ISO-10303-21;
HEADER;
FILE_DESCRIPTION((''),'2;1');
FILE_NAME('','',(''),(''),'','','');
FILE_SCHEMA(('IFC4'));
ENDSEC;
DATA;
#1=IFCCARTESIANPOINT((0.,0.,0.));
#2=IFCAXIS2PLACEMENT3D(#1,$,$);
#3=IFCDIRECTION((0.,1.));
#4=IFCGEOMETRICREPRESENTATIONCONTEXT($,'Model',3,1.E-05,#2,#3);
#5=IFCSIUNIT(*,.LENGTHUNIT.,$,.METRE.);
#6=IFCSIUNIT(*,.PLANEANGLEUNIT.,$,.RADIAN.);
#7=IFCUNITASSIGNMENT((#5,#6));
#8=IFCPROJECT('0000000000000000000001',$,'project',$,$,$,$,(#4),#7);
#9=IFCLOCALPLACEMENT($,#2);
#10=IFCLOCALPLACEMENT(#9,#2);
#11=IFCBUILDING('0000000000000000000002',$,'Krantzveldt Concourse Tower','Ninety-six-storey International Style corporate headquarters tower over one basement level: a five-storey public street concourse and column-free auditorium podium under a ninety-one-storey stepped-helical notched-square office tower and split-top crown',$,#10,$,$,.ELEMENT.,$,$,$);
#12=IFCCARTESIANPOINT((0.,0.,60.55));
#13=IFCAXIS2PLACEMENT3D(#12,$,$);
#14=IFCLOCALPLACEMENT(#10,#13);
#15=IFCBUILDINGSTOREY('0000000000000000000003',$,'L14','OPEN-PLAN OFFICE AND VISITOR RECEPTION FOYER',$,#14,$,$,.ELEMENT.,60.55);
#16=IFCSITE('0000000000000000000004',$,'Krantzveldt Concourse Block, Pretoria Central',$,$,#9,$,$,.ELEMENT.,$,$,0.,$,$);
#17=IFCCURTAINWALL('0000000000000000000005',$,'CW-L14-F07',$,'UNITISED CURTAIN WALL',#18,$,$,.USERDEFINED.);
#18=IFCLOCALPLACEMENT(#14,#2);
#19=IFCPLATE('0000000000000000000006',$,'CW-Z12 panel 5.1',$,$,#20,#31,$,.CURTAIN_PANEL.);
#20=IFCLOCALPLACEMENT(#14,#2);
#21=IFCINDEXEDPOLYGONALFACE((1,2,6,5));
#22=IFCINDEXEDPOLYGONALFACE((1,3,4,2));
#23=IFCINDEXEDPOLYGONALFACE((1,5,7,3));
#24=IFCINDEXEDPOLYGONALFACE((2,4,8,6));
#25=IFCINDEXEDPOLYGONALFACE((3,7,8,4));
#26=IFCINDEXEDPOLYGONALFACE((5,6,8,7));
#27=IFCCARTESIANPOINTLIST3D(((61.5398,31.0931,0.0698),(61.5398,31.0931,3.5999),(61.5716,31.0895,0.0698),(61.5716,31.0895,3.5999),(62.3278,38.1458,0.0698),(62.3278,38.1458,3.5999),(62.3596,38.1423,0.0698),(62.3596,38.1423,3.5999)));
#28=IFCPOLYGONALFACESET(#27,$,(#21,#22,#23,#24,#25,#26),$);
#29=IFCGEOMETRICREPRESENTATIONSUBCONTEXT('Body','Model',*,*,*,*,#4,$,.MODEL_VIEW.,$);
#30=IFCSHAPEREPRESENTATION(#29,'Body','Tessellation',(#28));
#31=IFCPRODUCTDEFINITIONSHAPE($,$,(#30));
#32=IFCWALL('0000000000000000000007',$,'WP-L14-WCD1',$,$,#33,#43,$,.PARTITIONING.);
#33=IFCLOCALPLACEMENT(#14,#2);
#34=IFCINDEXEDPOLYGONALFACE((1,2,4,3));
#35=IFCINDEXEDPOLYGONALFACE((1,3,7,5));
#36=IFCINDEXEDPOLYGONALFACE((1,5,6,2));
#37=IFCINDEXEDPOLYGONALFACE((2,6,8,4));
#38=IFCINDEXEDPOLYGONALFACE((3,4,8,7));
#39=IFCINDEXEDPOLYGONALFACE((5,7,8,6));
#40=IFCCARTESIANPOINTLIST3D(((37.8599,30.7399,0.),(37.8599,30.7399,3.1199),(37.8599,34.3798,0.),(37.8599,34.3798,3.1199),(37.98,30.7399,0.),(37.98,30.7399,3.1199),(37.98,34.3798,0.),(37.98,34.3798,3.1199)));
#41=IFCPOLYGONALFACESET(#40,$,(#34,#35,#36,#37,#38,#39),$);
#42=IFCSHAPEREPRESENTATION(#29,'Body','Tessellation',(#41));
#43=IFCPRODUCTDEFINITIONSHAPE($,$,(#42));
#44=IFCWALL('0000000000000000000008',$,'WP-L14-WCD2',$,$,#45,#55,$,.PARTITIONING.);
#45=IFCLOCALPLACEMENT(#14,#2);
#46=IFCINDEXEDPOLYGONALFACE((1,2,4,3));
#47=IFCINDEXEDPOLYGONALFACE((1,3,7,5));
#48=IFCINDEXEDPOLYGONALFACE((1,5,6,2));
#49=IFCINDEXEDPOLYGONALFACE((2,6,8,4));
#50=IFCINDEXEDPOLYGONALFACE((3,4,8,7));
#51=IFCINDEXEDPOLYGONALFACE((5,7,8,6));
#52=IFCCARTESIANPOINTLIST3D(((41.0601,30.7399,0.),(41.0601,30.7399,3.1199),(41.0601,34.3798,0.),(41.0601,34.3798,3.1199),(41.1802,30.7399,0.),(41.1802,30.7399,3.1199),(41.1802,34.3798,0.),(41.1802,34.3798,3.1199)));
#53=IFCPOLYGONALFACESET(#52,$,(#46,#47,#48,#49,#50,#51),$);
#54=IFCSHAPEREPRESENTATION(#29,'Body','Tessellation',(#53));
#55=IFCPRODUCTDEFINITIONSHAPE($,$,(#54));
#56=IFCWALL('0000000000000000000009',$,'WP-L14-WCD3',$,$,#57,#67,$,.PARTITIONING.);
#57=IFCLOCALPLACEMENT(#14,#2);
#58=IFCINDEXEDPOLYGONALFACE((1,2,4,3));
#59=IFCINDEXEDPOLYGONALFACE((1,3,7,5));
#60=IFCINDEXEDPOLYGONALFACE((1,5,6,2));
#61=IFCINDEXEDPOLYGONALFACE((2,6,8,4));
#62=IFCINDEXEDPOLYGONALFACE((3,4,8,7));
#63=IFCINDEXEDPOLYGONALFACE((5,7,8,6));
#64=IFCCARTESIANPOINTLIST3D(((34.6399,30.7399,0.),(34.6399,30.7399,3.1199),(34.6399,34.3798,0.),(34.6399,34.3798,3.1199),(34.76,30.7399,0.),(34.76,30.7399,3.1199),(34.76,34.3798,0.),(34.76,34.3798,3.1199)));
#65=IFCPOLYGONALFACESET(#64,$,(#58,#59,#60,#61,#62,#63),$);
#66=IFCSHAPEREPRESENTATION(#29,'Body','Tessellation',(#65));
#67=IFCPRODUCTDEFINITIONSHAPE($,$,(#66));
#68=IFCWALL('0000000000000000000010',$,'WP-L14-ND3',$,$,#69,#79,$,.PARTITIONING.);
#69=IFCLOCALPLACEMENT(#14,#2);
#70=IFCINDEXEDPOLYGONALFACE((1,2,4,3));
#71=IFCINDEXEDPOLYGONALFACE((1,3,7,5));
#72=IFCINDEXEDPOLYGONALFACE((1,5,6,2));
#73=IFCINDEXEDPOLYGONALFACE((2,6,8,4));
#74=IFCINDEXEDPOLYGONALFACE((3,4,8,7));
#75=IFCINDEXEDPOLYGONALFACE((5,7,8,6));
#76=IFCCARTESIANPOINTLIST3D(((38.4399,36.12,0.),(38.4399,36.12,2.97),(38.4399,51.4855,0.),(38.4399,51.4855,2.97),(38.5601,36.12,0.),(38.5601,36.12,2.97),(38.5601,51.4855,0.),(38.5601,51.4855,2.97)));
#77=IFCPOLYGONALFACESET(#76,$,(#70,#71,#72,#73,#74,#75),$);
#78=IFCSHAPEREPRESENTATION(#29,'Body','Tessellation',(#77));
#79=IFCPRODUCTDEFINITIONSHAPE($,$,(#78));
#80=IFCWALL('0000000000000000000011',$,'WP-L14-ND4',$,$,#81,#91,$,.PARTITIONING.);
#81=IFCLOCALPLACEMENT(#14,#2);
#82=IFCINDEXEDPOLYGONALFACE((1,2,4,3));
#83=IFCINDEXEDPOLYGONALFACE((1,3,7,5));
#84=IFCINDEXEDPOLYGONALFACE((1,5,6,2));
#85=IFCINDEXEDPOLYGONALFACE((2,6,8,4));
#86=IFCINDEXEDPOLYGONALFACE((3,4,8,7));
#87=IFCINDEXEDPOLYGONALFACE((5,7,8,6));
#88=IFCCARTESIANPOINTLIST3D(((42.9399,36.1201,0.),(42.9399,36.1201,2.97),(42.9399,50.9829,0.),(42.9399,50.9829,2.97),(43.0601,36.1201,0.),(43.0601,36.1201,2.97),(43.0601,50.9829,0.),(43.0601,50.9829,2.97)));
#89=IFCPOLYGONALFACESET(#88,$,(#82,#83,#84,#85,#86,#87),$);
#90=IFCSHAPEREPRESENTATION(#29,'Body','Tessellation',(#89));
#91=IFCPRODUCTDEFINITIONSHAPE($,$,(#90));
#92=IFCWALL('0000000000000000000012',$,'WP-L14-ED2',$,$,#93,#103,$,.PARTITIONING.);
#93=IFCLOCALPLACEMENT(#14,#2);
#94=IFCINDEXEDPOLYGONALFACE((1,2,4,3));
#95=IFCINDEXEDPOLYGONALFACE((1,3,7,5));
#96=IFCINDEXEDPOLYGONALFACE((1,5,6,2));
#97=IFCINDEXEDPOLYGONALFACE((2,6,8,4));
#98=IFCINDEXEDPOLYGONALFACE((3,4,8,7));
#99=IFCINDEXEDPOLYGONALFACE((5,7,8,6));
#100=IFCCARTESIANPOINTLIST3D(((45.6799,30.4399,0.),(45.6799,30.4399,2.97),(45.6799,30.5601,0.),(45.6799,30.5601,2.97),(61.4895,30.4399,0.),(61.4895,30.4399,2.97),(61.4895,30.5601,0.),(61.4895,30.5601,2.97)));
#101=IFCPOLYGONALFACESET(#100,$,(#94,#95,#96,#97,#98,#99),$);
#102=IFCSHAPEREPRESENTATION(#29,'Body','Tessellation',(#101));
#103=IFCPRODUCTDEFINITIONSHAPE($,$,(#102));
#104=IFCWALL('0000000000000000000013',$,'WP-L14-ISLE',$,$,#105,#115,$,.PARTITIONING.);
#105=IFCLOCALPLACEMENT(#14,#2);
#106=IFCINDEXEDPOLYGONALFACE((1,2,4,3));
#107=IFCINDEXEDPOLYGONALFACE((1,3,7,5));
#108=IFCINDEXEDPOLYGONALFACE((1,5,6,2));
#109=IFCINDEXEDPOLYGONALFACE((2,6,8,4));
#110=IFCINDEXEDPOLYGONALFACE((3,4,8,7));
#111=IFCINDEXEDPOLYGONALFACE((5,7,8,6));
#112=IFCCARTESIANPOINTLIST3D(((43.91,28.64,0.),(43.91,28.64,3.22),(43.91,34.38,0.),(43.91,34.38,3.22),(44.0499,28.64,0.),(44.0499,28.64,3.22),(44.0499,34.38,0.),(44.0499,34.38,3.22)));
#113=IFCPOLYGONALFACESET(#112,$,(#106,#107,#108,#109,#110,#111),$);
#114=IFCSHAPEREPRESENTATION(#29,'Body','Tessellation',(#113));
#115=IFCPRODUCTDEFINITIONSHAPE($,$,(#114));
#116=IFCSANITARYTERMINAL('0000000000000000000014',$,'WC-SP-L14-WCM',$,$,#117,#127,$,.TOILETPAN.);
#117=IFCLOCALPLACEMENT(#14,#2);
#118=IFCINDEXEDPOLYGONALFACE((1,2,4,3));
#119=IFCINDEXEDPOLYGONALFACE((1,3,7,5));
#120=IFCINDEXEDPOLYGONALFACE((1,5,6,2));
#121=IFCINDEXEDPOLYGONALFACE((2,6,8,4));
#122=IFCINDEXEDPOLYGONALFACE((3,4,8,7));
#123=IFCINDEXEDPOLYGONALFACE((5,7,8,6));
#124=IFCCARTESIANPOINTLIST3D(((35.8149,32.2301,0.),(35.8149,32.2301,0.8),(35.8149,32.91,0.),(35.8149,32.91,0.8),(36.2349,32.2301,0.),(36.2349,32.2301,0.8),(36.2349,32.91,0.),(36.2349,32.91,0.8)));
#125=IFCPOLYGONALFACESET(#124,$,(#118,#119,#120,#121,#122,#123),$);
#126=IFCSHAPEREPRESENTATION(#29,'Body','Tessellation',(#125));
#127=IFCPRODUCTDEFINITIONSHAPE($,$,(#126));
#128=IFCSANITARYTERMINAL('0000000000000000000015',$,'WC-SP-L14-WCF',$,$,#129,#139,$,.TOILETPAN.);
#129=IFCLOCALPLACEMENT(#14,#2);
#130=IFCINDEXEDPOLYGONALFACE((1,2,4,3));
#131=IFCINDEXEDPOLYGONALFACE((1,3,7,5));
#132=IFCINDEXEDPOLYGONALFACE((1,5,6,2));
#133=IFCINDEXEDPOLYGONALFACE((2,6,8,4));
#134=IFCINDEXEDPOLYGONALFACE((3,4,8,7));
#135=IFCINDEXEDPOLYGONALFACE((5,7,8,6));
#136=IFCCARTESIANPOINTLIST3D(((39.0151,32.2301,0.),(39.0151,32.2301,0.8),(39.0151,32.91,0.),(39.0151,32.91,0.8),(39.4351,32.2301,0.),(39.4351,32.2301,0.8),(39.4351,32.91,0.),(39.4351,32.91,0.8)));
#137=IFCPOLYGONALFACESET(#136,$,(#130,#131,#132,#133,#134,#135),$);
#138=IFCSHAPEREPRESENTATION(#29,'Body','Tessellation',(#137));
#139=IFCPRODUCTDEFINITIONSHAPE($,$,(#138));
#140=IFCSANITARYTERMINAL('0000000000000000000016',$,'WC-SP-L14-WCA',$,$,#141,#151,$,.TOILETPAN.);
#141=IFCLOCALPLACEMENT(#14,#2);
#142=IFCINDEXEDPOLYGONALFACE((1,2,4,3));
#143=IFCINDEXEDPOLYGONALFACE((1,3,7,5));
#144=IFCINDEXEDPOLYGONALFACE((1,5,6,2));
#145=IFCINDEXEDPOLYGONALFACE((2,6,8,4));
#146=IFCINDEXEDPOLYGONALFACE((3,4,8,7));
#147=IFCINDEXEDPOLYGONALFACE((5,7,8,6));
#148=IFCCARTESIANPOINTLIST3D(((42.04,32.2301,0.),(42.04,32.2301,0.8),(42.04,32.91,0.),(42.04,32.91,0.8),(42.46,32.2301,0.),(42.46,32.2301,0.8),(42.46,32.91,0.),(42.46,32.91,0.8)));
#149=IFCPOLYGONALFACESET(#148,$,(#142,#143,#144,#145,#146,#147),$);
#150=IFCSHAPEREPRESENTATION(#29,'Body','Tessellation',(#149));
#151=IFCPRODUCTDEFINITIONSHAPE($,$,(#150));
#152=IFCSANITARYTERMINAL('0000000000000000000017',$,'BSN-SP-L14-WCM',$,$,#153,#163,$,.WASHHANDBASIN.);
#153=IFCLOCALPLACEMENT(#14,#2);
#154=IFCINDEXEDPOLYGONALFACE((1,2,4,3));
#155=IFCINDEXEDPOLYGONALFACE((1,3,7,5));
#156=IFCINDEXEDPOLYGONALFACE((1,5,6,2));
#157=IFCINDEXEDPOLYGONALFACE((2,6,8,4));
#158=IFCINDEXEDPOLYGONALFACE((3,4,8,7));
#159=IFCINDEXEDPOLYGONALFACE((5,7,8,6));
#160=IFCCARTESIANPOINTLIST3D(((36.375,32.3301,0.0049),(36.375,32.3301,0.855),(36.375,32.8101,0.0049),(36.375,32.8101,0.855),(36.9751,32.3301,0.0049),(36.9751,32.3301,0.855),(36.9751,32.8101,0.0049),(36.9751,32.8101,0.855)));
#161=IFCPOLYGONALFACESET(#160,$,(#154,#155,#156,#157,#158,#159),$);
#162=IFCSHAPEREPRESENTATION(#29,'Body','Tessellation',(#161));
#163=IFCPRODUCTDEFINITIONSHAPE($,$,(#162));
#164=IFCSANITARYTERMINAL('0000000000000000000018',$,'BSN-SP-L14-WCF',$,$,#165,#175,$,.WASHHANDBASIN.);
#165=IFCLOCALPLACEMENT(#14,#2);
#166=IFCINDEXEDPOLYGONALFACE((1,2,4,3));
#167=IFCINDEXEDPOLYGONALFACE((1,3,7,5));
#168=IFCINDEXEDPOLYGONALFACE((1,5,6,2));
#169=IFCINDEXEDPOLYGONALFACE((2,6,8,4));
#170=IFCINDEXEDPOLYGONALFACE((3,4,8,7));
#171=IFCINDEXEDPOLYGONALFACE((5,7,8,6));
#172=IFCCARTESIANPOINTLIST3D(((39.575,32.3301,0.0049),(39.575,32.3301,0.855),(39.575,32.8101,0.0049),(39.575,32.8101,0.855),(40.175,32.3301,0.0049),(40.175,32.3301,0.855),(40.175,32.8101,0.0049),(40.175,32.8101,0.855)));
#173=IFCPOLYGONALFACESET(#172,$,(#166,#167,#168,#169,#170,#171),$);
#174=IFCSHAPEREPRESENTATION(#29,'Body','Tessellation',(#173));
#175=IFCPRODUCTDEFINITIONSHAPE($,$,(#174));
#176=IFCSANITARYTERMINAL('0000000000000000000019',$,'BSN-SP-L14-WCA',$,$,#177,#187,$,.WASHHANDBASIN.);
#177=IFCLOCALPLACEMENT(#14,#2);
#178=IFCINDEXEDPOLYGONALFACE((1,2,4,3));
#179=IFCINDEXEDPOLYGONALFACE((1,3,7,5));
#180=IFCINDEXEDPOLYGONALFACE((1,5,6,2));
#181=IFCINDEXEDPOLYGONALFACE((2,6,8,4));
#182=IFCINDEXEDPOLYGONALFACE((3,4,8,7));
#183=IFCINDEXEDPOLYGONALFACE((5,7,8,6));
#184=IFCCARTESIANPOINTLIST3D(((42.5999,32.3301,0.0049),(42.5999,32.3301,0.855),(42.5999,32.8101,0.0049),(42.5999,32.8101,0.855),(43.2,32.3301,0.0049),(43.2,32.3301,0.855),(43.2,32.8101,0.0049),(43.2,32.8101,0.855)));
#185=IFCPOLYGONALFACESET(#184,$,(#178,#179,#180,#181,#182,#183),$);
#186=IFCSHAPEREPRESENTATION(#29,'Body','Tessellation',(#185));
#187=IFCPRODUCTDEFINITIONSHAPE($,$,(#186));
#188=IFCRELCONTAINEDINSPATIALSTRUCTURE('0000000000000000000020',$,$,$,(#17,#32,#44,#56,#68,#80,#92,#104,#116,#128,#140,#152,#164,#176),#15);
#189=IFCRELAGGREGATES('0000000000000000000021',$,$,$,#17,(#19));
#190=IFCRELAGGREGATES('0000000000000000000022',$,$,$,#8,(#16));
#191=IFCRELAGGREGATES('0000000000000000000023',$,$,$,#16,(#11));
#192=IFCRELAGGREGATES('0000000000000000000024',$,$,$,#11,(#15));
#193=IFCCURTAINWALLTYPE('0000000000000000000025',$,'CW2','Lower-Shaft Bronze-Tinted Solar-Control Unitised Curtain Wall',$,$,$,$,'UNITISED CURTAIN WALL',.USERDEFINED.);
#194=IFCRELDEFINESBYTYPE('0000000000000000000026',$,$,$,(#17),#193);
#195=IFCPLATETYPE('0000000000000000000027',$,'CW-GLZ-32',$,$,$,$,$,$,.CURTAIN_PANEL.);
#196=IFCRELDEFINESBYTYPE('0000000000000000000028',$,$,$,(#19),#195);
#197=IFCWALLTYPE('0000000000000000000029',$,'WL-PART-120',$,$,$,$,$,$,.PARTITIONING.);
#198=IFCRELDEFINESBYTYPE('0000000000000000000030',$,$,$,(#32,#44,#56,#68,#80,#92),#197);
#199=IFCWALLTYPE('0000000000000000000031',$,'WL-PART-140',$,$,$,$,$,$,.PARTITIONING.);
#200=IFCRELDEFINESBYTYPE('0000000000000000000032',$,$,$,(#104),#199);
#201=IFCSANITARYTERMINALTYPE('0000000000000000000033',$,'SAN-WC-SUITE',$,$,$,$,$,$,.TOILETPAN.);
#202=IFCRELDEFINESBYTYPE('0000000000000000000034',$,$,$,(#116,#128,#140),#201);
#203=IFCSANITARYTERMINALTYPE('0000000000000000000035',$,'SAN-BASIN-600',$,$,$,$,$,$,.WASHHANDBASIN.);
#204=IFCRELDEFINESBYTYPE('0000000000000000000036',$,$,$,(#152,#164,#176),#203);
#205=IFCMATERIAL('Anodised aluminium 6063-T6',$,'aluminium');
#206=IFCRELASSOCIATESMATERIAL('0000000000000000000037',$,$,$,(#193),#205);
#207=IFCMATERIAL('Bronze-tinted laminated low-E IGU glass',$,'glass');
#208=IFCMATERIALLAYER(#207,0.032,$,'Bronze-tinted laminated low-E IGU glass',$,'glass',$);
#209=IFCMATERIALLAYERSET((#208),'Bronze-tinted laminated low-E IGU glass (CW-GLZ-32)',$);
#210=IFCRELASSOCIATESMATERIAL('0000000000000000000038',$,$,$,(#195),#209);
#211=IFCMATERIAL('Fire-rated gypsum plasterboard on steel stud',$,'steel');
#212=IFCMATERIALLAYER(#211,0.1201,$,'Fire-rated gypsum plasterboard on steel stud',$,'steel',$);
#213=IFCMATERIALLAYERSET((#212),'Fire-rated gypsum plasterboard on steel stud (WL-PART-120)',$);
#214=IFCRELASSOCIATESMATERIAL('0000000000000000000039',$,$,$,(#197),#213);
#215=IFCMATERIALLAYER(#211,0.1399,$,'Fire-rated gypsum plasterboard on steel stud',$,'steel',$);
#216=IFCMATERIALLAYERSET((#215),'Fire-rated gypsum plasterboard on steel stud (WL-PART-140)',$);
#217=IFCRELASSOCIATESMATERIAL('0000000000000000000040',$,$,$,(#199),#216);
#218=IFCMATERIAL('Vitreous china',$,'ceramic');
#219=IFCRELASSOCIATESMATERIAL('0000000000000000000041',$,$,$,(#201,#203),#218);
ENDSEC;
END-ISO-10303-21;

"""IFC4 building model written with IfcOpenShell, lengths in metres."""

from ifc_helpers import new_model, si_unit, direction, frame, frame_2d, origin, origin_2d, place, context, subcontext, project, spatial, rectangle, extrude, source, transform, mapped, material, layer, layer_set, type_object, type_shapes, element, aggregate, save


model = new_model("IFC4")

# Units and contexts
model_context = context("Model", 3, precision=1e-05, world=origin(), true_north=direction((0.0, 1.0)))
body_context = subcontext(model_context, "Body", "Model", "MODEL_VIEW")
ifc_project = project(units=[si_unit("LENGTHUNIT", "METRE"), si_unit("PLANEANGLEUNIT", "RADIAN")], contexts=[model_context])

# Site, building, storey
site_placement = place(None, origin())
site = spatial("IfcSite", under=ifc_project, at=site_placement, Name="Krantzveldt Concourse Block, Pretoria Central", CompositionType="ELEMENT", RefElevation=0.0)
building_placement = place(site_placement, origin())
building = spatial("IfcBuilding", under=site, at=building_placement, Name="Krantzveldt Concourse Tower", Description="Ninety-six-storey International Style corporate headquarters tower over one basement level: a five-storey public street concourse and column-free auditorium podium under a ninety-one-storey stepped-helical notched-square office tower and split-top crown", CompositionType="ELEMENT")
storey_placement = place(building_placement, frame((0.0, 0.0, 60.55)))
storey = spatial("IfcBuildingStorey", under=building, at=storey_placement, Name="L14", Description="OPEN-PLAN OFFICE AND VISITOR RECEPTION FOYER", CompositionType="ELEMENT", Elevation=60.55)

# Curtain wall, plate
ifc_material_1 = material(Name="Anodised aluminium 6063-T6", Category="aluminium")
curtain_wall_type = type_object("IfcCurtainWallType", Name="CW2", Description="Lower-Shaft Bronze-Tinted Solar-Control Unitised Curtain Wall", ElementType="UNITISED CURTAIN WALL", PredefinedType="USERDEFINED", material=ifc_material_1)
curtain_wall_placement = place(storey_placement, origin())
curtain_wall = element("IfcCurtainWall", 1, at=curtain_wall_placement, inside=storey, type_object=curtain_wall_type, Name="CW-L14-F07", ObjectType="UNITISED CURTAIN WALL", PredefinedType="USERDEFINED")
ifc_material_2 = material(Name="Bronze-tinted laminated low-E IGU glass", Category="glass")
ifc_layer_1 = layer(ifc_material_2, 0.032, Name="Bronze-tinted laminated low-E IGU glass", Category="glass")
ifc_layer_set_1 = layer_set([ifc_layer_1], Name="Bronze-tinted laminated low-E IGU glass (CW-GLZ-32)")
plate_type = type_object("IfcPlateType", Name="CW-GLZ-32", PredefinedType="CURTAIN_PANEL", material=ifc_layer_set_1)
shared_shape_1 = source(origin(), body_context, "Body", "SweptSolid", [
    extrude(rectangle(XDim=7.0967, YDim=0.032, at=origin_2d()), origin(), (0.0, 0.0, 1.0), 3.53),
])
type_shapes(plate_type, [shared_shape_1])
plate_1_placement = place(storey_placement, frame((61.9497, 34.6177, 0.0698), z_axis=(0.0, 0.0, 1.0), x_axis=(0.111035, 0.993816, 0.0)))
plate_1 = element("IfcPlate", 2, at=plate_1_placement, type_object=plate_type, Name="CW-Z12 panel 5.1", PredefinedType="CURTAIN_PANEL", context=body_context, shape_type="MappedRepresentation", body=[
    mapped(shared_shape_1, transform((0.0, 0.0, 0.0), x_axis=(1.0, 0.0, 0.0), y_axis=(0.0, 1.0, 0.0), z_axis=(0.0, 0.0, 1.0), scale=1.0)),
])
aggregate(curtain_wall, [plate_1])

# Walls
ifc_material_3 = material(Name="Fire-rated gypsum plasterboard on steel stud", Category="steel")
ifc_layer_2 = layer(ifc_material_3, 0.1201, Name="Fire-rated gypsum plasterboard on steel stud", Category="steel")
ifc_layer_set_2 = layer_set([ifc_layer_2], Name="Fire-rated gypsum plasterboard on steel stud (WL-PART-120)")
wall_type_1 = type_object("IfcWallType", Name="WL-PART-120", PredefinedType="PARTITIONING", material=ifc_layer_set_2)
for number, where, z_axis, x_axis, name in (
    (3, (37.9199, 30.74, 0.0), (0.0, 0.0, 1.0), (0.0, 1.0, 0.0), "WP-L14-WCD1"),
    (4, (41.1201, 30.74, 0.0), (0.0, 0.0, 1.0), (0.0, 1.0, 0.0), "WP-L14-WCD2"),
    (5, (34.7, 30.74, 0.0), (0.0, 0.0, 1.0), (0.0, 1.0, 0.0), "WP-L14-WCD3"),
):
    element("IfcWall", number, at=place(storey_placement, frame(where, z_axis=z_axis, x_axis=x_axis)), inside=storey, type_object=wall_type_1, Name=name, PredefinedType="PARTITIONING", context=body_context, shape_type="SweptSolid", body=[
        extrude(rectangle(XDim=3.6399, YDim=0.1201, at=frame_2d((1.8198, 0.0))), origin(), (0.0, 0.0, 1.0), 3.1199),
    ])
wall_1_placement = place(storey_placement, frame((38.5, 36.1201, 0.0), z_axis=(0.0, 0.0, 1.0), x_axis=(0.0, 1.0, 0.0)))
element("IfcWall", 6, at=wall_1_placement, inside=storey, type_object=wall_type_1, Name="WP-L14-ND3", PredefinedType="PARTITIONING", context=body_context, shape_type="SweptSolid", body=[
    extrude(rectangle(XDim=15.3655, YDim=0.1201, at=frame_2d((7.6826, 0.0))), origin(), (0.0, 0.0, 1.0), 2.97),
])
wall_2_placement = place(storey_placement, frame((43.0, 36.1201, 0.0), z_axis=(0.0, 0.0, 1.0), x_axis=(0.0, 1.0, 0.0)))
element("IfcWall", 7, at=wall_2_placement, inside=storey, type_object=wall_type_1, Name="WP-L14-ND4", PredefinedType="PARTITIONING", context=body_context, shape_type="SweptSolid", body=[
    extrude(rectangle(XDim=14.8628, YDim=0.1201, at=frame_2d((7.4314, 0.0))), origin(), (0.0, 0.0, 1.0), 2.97),
])
wall_3_placement = place(storey_placement, frame((45.6799, 30.5, 0.0), z_axis=(0.0, 0.0, 1.0), x_axis=(1.0, 0.0, 0.0)))
element("IfcWall", 8, at=wall_3_placement, inside=storey, type_object=wall_type_1, Name="WP-L14-ED2", PredefinedType="PARTITIONING", context=body_context, shape_type="SweptSolid", body=[
    extrude(rectangle(XDim=15.8096, YDim=0.1201, at=frame_2d((7.9048, 0.0))), origin(), (0.0, 0.0, 1.0), 2.97),
])
ifc_layer_3 = layer(ifc_material_3, 0.1399, Name="Fire-rated gypsum plasterboard on steel stud", Category="steel")
ifc_layer_set_3 = layer_set([ifc_layer_3], Name="Fire-rated gypsum plasterboard on steel stud (WL-PART-140)")
wall_type_2 = type_object("IfcWallType", Name="WL-PART-140", PredefinedType="PARTITIONING", material=ifc_layer_set_3)
wall_4_placement = place(storey_placement, frame((43.98, 28.6399, 0.0), z_axis=(0.0, 0.0, 1.0), x_axis=(0.0, 1.0, 0.0)))
element("IfcWall", 9, at=wall_4_placement, inside=storey, type_object=wall_type_2, Name="WP-L14-ISLE", PredefinedType="PARTITIONING", context=body_context, shape_type="SweptSolid", body=[
    extrude(rectangle(XDim=5.74, YDim=0.1399, at=frame_2d((2.8701, 0.0))), origin(), (0.0, 0.0, 1.0), 3.22),
])

# Sanitary terminals
ifc_material_4 = material(Name="Vitreous china", Category="ceramic")
sanitary_terminal_type_1 = type_object("IfcSanitaryTerminalType", Name="SAN-WC-SUITE", PredefinedType="TOILETPAN", material=ifc_material_4)
shared_shape_2 = source(origin(), body_context, "Body", "SweptSolid", [
    extrude(rectangle(XDim=0.4199, YDim=0.6799, at=origin_2d()), origin(), (0.0, 0.0, 1.0), 0.8),
])
type_shapes(sanitary_terminal_type_1, [shared_shape_2])
for number, where, z_axis, x_axis, name in (
    (10, (36.0249, 32.5701, 0.0), (0.0, 0.0, 1.0), (1.0, 0.0, 0.0), "WC-SP-L14-WCM"),
    (11, (39.2251, 32.5701, 0.0), (0.0, 0.0, 1.0), (1.0, 0.0, 0.0), "WC-SP-L14-WCF"),
    (12, (42.25, 32.5701, 0.0), (0.0, 0.0, 1.0), (1.0, 0.0, 0.0), "WC-SP-L14-WCA"),
):
    element("IfcSanitaryTerminal", number, at=place(storey_placement, frame(where, z_axis=z_axis, x_axis=x_axis)), inside=storey, type_object=sanitary_terminal_type_1, Name=name, PredefinedType="TOILETPAN", context=body_context, shape_type="MappedRepresentation", body=[
        mapped(shared_shape_2, transform((0.0, 0.0, 0.0), x_axis=(1.0, 0.0, 0.0), y_axis=(0.0, 1.0, 0.0), z_axis=(0.0, 0.0, 1.0), scale=1.0)),
    ])
sanitary_terminal_type_2 = type_object("IfcSanitaryTerminalType", Name="SAN-BASIN-600", PredefinedType="WASHHANDBASIN", material=ifc_material_4)
shared_shape_3 = source(origin(), body_context, "Body", "SweptSolid", [
    extrude(rectangle(XDim=0.6001, YDim=0.48, at=origin_2d()), origin(), (0.0, 0.0, 1.0), 0.8501),
])
type_shapes(sanitary_terminal_type_2, [shared_shape_3])
for number, where, z_axis, x_axis, name in (
    (13, (36.675, 32.5701, 0.0049), (0.0, 0.0, 1.0), (1.0, 0.0, 0.0), "BSN-SP-L14-WCM"),
    (14, (39.875, 32.5701, 0.0049), (0.0, 0.0, 1.0), (1.0, 0.0, 0.0), "BSN-SP-L14-WCF"),
    (15, (42.8999, 32.5701, 0.0049), (0.0, 0.0, 1.0), (1.0, 0.0, 0.0), "BSN-SP-L14-WCA"),
):
    element("IfcSanitaryTerminal", number, at=place(storey_placement, frame(where, z_axis=z_axis, x_axis=x_axis)), inside=storey, type_object=sanitary_terminal_type_2, Name=name, PredefinedType="WASHHANDBASIN", context=body_context, shape_type="MappedRepresentation", body=[
        mapped(shared_shape_3, transform((0.0, 0.0, 0.0), x_axis=(1.0, 0.0, 0.0), y_axis=(0.0, 1.0, 0.0), z_axis=(0.0, 0.0, 1.0), scale=1.0)),
    ])

save(model, "model.ifc")
